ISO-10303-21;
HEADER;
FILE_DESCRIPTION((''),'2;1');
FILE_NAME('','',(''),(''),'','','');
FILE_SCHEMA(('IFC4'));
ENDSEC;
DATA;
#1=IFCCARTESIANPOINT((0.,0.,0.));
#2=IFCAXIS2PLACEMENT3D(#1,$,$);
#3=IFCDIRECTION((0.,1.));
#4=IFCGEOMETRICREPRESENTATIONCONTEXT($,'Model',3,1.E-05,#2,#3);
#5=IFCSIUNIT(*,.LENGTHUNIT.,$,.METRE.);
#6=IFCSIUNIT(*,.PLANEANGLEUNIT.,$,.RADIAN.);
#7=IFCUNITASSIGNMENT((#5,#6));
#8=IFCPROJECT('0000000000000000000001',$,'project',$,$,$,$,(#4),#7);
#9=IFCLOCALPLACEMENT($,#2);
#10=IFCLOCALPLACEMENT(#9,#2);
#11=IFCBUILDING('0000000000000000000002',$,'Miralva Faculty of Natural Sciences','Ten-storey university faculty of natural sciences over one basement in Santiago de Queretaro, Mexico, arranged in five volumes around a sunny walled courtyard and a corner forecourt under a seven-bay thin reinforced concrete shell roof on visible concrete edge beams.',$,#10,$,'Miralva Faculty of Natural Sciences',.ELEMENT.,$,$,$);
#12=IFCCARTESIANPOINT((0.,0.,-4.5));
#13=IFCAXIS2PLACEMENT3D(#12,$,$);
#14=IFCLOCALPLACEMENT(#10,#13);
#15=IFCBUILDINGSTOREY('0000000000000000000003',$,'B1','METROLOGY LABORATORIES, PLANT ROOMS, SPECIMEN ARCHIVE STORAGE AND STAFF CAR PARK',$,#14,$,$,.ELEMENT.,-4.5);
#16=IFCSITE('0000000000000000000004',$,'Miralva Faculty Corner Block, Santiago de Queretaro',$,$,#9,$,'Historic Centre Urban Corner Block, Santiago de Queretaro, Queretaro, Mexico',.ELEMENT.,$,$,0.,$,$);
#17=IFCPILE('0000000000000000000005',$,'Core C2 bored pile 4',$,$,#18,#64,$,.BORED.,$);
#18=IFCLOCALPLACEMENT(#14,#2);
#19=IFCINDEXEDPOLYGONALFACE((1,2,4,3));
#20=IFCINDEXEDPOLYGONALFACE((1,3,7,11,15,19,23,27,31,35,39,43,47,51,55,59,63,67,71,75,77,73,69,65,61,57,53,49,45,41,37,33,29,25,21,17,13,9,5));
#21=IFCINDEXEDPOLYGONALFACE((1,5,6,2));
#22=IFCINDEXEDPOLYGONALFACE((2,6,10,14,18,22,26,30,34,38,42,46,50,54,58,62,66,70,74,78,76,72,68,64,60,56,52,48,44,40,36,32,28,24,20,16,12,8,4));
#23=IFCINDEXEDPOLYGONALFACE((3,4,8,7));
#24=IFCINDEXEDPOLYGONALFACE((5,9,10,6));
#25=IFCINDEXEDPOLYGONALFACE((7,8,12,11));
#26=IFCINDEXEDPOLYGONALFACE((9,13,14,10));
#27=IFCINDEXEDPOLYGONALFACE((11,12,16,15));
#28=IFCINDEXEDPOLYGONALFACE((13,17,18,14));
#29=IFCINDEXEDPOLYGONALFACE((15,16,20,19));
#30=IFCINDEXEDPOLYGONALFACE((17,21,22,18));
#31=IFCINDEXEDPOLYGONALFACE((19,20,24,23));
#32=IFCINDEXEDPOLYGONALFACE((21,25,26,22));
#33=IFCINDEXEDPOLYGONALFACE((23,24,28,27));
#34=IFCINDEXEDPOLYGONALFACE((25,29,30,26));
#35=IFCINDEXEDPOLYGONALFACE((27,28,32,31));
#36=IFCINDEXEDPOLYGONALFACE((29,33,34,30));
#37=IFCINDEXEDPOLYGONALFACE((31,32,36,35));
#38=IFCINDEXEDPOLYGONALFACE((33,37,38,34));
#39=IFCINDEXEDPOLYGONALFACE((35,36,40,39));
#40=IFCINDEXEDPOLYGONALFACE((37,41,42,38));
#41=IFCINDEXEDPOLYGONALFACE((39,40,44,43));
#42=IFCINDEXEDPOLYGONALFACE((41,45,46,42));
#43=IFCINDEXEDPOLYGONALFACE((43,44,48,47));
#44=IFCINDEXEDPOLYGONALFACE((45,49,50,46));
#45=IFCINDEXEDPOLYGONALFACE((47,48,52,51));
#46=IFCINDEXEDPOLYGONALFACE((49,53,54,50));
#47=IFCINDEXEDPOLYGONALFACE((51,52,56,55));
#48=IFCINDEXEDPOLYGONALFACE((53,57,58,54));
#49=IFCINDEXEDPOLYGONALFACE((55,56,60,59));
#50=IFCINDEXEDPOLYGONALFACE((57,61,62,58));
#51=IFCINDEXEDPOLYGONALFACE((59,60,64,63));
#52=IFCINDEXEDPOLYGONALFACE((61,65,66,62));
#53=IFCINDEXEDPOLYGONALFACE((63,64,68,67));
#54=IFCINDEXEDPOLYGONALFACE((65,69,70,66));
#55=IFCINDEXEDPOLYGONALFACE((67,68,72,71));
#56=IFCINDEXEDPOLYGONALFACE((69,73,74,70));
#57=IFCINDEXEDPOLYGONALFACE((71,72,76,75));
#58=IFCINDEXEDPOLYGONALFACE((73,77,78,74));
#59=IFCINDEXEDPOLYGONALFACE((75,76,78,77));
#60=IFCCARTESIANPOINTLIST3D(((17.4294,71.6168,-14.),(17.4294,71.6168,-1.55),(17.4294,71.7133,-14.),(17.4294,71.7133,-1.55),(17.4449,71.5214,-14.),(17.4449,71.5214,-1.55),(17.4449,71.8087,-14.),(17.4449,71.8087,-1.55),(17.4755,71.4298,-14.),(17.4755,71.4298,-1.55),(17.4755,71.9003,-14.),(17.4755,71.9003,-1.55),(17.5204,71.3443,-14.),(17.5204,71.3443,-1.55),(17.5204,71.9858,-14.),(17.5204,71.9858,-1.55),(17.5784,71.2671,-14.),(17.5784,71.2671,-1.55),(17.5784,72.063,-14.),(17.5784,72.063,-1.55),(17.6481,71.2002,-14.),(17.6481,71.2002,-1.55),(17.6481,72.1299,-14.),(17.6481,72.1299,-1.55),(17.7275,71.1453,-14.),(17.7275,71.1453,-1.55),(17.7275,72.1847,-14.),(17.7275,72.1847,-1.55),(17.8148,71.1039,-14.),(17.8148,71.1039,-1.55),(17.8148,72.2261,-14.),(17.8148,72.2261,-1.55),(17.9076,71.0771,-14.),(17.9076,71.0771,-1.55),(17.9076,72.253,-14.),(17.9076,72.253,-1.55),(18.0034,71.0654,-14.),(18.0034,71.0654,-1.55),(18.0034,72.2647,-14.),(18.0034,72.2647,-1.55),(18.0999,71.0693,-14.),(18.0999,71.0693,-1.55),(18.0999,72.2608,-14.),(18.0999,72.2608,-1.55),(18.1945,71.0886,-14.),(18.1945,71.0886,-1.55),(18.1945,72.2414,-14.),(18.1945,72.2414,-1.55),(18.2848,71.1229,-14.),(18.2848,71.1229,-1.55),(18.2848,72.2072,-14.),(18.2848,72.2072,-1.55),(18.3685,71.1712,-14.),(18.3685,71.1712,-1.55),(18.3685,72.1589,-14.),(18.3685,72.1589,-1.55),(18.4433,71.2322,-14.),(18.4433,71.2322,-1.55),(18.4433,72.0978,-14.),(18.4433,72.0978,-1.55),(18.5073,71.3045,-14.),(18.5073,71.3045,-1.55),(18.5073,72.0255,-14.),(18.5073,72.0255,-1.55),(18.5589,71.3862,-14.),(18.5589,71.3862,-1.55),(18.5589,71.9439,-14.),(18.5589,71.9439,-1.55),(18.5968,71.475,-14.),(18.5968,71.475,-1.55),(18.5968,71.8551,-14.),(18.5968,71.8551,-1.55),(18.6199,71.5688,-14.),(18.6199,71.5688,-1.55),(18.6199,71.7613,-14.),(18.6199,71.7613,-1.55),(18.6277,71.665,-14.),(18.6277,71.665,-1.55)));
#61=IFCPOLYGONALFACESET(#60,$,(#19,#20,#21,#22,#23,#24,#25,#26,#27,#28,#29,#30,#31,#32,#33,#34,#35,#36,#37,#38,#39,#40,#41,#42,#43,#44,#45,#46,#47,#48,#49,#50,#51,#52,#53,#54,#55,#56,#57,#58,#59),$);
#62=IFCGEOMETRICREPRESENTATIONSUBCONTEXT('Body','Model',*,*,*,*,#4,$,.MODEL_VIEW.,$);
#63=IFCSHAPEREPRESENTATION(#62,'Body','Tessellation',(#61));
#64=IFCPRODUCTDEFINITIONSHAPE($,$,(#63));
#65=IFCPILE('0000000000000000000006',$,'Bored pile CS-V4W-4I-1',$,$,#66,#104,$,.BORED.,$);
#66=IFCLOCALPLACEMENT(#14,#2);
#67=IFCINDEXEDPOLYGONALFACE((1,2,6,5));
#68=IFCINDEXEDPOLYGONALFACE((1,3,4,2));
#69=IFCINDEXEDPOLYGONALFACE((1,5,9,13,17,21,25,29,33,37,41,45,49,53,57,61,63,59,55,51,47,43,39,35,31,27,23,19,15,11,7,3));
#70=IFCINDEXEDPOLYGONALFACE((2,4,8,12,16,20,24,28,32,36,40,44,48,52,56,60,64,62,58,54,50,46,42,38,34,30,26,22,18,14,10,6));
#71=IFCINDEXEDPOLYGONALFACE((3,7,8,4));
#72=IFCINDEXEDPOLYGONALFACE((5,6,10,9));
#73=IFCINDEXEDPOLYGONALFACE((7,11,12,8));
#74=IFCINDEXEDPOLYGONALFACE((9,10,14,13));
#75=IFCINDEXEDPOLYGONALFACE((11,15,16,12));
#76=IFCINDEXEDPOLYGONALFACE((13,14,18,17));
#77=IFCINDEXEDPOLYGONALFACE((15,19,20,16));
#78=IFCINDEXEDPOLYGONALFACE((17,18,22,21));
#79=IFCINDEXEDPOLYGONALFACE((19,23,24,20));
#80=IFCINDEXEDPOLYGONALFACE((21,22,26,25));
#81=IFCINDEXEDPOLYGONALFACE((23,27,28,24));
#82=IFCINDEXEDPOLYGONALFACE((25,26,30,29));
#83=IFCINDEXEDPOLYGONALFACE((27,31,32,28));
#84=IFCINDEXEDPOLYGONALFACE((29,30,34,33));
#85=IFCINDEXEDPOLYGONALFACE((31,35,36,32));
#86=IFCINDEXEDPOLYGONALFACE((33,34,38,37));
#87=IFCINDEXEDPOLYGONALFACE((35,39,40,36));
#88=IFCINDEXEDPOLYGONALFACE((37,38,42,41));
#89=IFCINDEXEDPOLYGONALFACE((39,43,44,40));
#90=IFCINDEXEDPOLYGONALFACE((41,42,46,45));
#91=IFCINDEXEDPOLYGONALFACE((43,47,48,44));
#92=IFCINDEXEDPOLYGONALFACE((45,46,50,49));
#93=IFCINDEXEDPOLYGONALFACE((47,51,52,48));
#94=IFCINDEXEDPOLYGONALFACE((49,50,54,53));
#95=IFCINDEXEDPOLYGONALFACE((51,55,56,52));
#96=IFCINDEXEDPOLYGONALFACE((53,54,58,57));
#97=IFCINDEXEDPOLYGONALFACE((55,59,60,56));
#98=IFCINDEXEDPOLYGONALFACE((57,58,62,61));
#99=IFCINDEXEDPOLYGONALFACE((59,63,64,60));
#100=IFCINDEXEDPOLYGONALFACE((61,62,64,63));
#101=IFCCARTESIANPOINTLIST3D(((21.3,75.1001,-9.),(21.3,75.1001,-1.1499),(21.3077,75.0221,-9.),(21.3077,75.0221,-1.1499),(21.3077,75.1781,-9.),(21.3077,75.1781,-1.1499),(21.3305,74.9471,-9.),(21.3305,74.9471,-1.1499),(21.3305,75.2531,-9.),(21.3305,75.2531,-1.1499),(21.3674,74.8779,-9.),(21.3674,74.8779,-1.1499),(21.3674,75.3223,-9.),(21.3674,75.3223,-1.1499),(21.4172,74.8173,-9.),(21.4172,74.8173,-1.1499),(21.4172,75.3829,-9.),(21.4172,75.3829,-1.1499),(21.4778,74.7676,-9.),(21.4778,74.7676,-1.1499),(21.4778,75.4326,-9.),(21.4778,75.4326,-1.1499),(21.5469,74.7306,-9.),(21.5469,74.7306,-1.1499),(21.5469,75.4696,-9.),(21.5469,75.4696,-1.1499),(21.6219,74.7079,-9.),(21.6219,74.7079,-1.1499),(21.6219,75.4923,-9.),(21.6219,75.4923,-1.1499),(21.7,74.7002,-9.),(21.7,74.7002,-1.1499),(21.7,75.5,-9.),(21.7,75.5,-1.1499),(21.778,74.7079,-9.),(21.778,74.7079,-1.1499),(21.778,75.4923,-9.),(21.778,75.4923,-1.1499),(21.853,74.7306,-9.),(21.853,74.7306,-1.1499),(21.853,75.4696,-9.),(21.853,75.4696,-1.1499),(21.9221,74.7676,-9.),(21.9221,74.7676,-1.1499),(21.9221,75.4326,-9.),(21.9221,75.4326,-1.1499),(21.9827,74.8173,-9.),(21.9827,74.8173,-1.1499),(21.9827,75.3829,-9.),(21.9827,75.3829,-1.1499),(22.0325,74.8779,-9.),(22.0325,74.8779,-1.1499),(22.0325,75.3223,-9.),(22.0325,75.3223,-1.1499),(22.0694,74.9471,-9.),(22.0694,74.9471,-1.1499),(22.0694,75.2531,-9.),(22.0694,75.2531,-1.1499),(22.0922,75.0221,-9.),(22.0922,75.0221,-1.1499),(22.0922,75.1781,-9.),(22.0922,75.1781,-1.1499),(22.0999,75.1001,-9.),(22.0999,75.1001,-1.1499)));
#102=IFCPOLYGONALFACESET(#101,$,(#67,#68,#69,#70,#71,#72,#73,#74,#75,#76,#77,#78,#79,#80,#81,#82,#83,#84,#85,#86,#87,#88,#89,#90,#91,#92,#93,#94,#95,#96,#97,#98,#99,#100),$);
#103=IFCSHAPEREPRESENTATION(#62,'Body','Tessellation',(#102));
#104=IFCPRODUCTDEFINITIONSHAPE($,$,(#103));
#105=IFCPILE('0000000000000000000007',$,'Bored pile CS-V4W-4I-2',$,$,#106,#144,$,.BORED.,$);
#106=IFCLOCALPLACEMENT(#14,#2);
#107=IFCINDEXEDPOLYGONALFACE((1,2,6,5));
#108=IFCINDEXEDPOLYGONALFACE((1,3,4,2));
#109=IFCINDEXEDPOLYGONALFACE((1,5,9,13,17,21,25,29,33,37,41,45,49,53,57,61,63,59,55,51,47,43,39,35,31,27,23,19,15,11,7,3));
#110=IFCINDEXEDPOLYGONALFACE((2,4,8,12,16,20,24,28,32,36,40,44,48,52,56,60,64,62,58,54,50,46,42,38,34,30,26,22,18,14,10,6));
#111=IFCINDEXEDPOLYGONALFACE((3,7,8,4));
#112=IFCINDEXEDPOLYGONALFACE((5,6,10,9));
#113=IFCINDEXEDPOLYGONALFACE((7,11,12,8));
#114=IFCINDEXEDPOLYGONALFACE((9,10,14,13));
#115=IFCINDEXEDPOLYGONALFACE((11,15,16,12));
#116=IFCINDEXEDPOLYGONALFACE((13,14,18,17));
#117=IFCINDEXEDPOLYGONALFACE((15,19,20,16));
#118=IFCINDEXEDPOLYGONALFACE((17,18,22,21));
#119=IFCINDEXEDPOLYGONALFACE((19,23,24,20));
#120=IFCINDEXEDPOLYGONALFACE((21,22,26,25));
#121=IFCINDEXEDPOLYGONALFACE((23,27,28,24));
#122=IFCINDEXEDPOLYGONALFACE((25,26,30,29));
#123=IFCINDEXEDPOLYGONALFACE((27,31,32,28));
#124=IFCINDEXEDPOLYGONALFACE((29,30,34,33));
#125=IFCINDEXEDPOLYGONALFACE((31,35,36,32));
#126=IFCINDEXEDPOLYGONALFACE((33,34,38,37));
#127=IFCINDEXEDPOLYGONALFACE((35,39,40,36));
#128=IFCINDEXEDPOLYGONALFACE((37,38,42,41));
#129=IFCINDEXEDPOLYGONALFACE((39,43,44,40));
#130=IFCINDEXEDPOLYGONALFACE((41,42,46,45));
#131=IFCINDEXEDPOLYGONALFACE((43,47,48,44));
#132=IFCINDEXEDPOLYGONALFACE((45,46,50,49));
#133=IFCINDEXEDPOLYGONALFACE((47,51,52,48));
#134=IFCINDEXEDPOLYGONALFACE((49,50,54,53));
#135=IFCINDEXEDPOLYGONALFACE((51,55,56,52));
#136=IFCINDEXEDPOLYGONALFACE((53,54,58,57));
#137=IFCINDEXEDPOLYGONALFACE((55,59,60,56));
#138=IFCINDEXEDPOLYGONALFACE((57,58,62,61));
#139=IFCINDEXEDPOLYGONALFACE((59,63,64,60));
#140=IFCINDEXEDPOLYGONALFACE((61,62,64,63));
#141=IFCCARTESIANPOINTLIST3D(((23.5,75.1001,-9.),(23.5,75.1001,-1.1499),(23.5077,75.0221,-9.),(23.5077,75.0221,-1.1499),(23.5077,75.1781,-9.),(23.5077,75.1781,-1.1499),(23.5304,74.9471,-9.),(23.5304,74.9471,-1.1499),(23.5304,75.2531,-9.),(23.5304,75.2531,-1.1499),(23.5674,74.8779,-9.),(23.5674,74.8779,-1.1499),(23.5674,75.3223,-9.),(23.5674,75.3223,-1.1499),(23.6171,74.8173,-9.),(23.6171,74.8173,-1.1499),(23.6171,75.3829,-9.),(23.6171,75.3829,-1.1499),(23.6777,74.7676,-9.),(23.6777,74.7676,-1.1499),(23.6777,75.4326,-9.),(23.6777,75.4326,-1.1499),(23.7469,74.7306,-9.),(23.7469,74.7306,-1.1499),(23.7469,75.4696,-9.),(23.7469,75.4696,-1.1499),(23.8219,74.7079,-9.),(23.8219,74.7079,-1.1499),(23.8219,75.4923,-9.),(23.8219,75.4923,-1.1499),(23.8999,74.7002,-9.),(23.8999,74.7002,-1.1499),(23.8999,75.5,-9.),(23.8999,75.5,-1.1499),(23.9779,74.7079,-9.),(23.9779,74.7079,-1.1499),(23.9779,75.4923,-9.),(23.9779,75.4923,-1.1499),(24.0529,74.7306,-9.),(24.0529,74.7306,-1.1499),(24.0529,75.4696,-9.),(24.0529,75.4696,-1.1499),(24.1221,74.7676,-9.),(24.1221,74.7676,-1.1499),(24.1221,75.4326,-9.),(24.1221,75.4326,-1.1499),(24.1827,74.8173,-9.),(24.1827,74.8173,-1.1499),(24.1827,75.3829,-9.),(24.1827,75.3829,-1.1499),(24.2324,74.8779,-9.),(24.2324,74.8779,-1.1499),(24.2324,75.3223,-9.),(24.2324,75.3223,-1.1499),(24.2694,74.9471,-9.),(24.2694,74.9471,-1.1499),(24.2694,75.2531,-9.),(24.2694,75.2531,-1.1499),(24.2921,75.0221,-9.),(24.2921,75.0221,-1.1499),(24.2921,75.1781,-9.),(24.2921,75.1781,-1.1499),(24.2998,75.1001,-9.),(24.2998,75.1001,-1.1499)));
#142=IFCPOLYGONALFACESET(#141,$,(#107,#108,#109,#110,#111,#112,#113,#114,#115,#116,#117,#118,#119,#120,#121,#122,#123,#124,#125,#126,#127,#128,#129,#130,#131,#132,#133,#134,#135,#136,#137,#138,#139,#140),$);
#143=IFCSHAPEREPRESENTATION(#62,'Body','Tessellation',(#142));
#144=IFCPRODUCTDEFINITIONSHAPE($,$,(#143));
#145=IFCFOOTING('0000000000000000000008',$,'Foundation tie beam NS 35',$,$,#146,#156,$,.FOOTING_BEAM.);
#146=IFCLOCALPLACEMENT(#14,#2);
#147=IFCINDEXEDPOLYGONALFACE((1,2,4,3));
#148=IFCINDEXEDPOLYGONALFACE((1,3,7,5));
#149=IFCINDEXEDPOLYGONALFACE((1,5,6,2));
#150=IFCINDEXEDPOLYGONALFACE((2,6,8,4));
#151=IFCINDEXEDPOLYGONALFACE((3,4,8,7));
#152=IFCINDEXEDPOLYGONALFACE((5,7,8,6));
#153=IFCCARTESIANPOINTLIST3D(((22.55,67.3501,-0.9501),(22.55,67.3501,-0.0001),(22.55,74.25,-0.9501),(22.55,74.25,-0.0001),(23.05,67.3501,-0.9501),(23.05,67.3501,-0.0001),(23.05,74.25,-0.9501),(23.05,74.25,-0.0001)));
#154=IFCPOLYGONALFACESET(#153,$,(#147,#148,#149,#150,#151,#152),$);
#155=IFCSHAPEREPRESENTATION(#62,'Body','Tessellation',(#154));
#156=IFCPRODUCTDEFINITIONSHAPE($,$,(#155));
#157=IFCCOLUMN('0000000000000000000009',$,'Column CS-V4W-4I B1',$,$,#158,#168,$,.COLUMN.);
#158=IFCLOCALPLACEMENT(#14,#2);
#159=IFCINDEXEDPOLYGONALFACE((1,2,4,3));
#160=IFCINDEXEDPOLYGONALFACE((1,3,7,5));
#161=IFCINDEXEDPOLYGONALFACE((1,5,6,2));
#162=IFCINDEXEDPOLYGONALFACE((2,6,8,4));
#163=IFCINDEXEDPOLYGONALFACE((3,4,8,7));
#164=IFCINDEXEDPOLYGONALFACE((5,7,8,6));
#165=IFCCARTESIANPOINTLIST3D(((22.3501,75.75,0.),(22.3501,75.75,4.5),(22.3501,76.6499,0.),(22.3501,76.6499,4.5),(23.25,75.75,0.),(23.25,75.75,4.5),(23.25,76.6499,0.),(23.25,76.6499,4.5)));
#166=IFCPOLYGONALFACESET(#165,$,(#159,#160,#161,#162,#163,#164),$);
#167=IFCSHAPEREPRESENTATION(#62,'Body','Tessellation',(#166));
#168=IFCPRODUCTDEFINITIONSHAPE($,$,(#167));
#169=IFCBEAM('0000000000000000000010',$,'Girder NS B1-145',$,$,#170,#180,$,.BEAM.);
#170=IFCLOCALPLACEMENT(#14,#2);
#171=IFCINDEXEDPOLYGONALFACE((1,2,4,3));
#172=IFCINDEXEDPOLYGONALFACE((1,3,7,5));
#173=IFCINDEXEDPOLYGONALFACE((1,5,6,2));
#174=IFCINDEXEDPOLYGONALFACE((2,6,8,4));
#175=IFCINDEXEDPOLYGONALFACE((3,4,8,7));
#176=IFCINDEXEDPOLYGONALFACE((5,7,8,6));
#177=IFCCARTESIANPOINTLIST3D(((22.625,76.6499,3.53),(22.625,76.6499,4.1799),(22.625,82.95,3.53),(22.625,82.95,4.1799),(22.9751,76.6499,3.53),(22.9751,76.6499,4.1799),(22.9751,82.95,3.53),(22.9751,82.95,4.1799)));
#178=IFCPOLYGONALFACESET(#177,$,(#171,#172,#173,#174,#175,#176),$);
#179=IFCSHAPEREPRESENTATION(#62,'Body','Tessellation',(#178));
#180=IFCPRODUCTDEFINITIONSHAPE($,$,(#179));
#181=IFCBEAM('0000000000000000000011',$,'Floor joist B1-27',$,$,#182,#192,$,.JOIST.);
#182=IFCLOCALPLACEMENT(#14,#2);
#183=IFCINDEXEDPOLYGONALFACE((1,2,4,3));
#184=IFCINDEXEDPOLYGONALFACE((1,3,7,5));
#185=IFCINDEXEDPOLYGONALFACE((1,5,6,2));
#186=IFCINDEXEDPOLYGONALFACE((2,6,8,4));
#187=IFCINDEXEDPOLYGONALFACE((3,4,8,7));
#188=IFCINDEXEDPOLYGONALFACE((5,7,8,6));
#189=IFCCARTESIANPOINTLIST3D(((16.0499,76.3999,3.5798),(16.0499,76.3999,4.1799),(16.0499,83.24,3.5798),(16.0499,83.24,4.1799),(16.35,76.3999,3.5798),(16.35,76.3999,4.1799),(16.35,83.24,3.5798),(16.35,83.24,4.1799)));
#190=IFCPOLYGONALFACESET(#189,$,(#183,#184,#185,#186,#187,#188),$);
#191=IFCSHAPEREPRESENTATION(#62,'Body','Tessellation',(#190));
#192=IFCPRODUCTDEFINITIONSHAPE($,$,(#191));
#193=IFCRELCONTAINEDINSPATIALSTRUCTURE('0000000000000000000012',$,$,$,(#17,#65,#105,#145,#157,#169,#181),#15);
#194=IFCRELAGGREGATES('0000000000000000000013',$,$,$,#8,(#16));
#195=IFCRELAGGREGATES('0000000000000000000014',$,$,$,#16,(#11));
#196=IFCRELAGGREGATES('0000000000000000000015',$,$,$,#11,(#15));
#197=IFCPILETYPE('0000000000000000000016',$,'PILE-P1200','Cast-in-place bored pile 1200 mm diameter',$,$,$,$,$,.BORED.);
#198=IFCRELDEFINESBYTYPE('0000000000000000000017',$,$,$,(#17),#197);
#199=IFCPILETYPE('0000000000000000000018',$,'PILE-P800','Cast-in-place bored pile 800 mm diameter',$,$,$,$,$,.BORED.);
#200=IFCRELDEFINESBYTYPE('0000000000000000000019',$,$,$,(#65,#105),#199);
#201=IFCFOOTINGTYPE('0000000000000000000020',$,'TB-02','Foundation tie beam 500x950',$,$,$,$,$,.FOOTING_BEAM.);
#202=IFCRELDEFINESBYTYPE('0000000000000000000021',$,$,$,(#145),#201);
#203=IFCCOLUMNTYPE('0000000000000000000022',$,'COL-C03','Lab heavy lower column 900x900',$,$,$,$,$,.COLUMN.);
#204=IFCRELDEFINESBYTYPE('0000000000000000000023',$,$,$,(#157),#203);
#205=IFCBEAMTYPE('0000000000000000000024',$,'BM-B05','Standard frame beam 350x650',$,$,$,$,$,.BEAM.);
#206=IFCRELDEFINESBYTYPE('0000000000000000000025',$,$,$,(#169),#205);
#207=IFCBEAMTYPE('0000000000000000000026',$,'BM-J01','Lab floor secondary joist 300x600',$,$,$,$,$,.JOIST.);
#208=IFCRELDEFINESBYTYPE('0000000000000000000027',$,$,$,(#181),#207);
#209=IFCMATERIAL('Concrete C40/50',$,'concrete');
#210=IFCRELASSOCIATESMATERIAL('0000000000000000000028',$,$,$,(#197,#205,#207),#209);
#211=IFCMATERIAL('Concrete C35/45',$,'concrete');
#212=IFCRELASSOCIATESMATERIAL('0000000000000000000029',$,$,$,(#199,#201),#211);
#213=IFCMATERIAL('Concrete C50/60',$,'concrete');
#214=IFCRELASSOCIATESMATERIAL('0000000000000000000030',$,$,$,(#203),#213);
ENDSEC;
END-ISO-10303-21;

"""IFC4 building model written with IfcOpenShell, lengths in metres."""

from ifc_helpers import new_model, si_unit, direction, frame, origin, origin_2d, place, context, subcontext, project, spatial, rectangle, circle, extrude, material, material_profile, profile_set, type_object, element, save


model = new_model("IFC4")

# Units and contexts
model_context = context("Model", 3, precision=1e-05, world=origin(), true_north=direction((0.0, 1.0)))
body_context = subcontext(model_context, "Body", "Model", "MODEL_VIEW")
ifc_project = project(units=[si_unit("LENGTHUNIT", "METRE"), si_unit("PLANEANGLEUNIT", "RADIAN")], contexts=[model_context])

# Site, building, storey
site_placement = place(None, origin())
site = spatial("IfcSite", under=ifc_project, at=site_placement, Name="Miralva Faculty Corner Block, Santiago de Queretaro", LongName="Historic Centre Urban Corner Block, Santiago de Queretaro, Queretaro, Mexico", CompositionType="ELEMENT", RefElevation=0.0)
building_placement = place(site_placement, origin())
building = spatial("IfcBuilding", under=site, at=building_placement, Name="Miralva Faculty of Natural Sciences", Description="Ten-storey university faculty of natural sciences over one basement in Santiago de Queretaro, Mexico, arranged in five volumes around a sunny walled courtyard and a corner forecourt under a seven-bay thin reinforced concrete shell roof on visible concrete edge beams.", LongName="Miralva Faculty of Natural Sciences", CompositionType="ELEMENT")
storey_placement = place(building_placement, frame((0.0, 0.0, -4.5)))
storey = spatial("IfcBuildingStorey", under=building, at=storey_placement, Name="B1", Description="METROLOGY LABORATORIES, PLANT ROOMS, SPECIMEN ARCHIVE STORAGE AND STAFF CAR PARK", CompositionType="ELEMENT", Elevation=-4.5)

# Shared definitions
ifc_material_1 = material(Name="Concrete C35/45", Category="concrete")
ifc_material_2 = material(Name="Concrete C40/50", Category="concrete")

# Piles
ifc_material_profile_1 = material_profile(ifc_material_2, circle(Radius=0.6001, at=origin_2d()), Name="BORED PILE 1200")
ifc_profile_set_1 = profile_set([ifc_material_profile_1], Name="Concrete C40/50")
pile_type_1 = type_object("IfcPileType", Name="PILE-P1200", Description="Cast-in-place bored pile 1200 mm diameter", PredefinedType="BORED", material=ifc_profile_set_1)
for number, where, z_axis, x_axis, name in (
    (1, (18.0276, 71.665, -1.55), (0.0, 0.0, -1.0), (1.0, 0.0, 0.0), "Core C2 bored pile 4"),
):
    element("IfcPile", number, at=place(storey_placement, frame(where, z_axis=z_axis, x_axis=x_axis)), inside=storey, type_object=pile_type_1, Name=name, PredefinedType="BORED", context=body_context, shape_type="SweptSolid", body=[
        extrude(circle(Radius=0.6001, at=origin_2d()), origin(), (0.0, 0.0, 1.0), 12.45),
    ])
ifc_material_profile_2 = material_profile(ifc_material_1, circle(Radius=0.3999, at=origin_2d()), Name="BORED PILE 800")
ifc_profile_set_2 = profile_set([ifc_material_profile_2], Name="Concrete C35/45")
pile_type_2 = type_object("IfcPileType", Name="PILE-P800", Description="Cast-in-place bored pile 800 mm diameter", PredefinedType="BORED", material=ifc_profile_set_2)
for number, where, z_axis, x_axis, name in (
    (2, (21.7, 75.1001, -1.1499), (0.0, 0.0, -1.0), (1.0, 0.0, 0.0), "Bored pile CS-V4W-4I-1"),
    (3, (23.8999, 75.1001, -1.1499), (0.0, 0.0, -1.0), (1.0, 0.0, 0.0), "Bored pile CS-V4W-4I-2"),
):
    element("IfcPile", number, at=place(storey_placement, frame(where, z_axis=z_axis, x_axis=x_axis)), inside=storey, type_object=pile_type_2, Name=name, PredefinedType="BORED", context=body_context, shape_type="SweptSolid", body=[
        extrude(circle(Radius=0.3999, at=origin_2d()), origin(), (0.0, 0.0, 1.0), 7.8501),
    ])

# Footing
ifc_material_profile_3 = material_profile(ifc_material_1, rectangle(XDim=0.5, YDim=0.95, at=origin_2d()), Name="RC 500x950")
ifc_profile_set_3 = profile_set([ifc_material_profile_3], Name="Concrete C35/45")
footing_type_1 = type_object("IfcFootingType", Name="TB-02", Description="Foundation tie beam 500x950", PredefinedType="FOOTING_BEAM", material=ifc_profile_set_3)
footing_1_placement = place(storey_placement, frame((22.8, 67.3501, -0.4751), z_axis=(0.0, 1.0, 0.0), x_axis=(-1.0, 0.0, 0.0)))
element("IfcFooting", 4, at=footing_1_placement, inside=storey, type_object=footing_type_1, Name="Foundation tie beam NS 35", PredefinedType="FOOTING_BEAM", context=body_context, shape_type="SweptSolid", body=[
    extrude(rectangle(XDim=0.5, YDim=0.95, at=origin_2d()), origin(), (0.0, 0.0, 1.0), 6.8999),
])

# Column
ifc_material_3 = material(Name="Concrete C50/60", Category="concrete")
ifc_material_profile_4 = material_profile(ifc_material_3, rectangle(XDim=0.8999, YDim=0.8999, at=origin_2d()), Name="RC 900x900")
ifc_profile_set_4 = profile_set([ifc_material_profile_4], Name="Concrete C50/60")
column_type = type_object("IfcColumnType", Name="COL-C03", Description="Lab heavy lower column 900x900", PredefinedType="COLUMN", material=ifc_profile_set_4)
column_placement = place(storey_placement, frame((22.8, 76.2, 0.0), z_axis=(0.0, 0.0, 1.0), x_axis=(1.0, 0.0, 0.0)))
element("IfcColumn", 5, at=column_placement, inside=storey, type_object=column_type, Name="Column CS-V4W-4I B1", PredefinedType="COLUMN", context=body_context, shape_type="SweptSolid", body=[
    extrude(rectangle(XDim=0.8999, YDim=0.8999, at=origin_2d()), origin(), (0.0, 0.0, 1.0), 4.5),
])

# Beams
ifc_material_profile_5 = material_profile(ifc_material_2, rectangle(XDim=0.3501, YDim=0.6499, at=origin_2d()), Name="RC 350x650")
ifc_profile_set_5 = profile_set([ifc_material_profile_5], Name="Concrete C40/50")
beam_type_1 = type_object("IfcBeamType", Name="BM-B05", Description="Standard frame beam 350x650", PredefinedType="BEAM", material=ifc_profile_set_5)
beam_1_placement = place(storey_placement, frame((22.8, 76.6499, 3.855), z_axis=(0.0, 1.0, 0.0), x_axis=(-1.0, 0.0, 0.0)))
element("IfcBeam", 6, at=beam_1_placement, inside=storey, type_object=beam_type_1, Name="Girder NS B1-145", PredefinedType="BEAM", context=body_context, shape_type="SweptSolid", body=[
    extrude(rectangle(XDim=0.3501, YDim=0.6499, at=origin_2d()), origin(), (0.0, 0.0, 1.0), 6.3),
])
ifc_material_profile_6 = material_profile(ifc_material_2, rectangle(XDim=0.3, YDim=0.6001, at=origin_2d()), Name="RC 300x600")
ifc_profile_set_6 = profile_set([ifc_material_profile_6], Name="Concrete C40/50")
beam_type_2 = type_object("IfcBeamType", Name="BM-J01", Description="Lab floor secondary joist 300x600", PredefinedType="JOIST", material=ifc_profile_set_6)
beam_2_placement = place(storey_placement, frame((16.2, 76.3999, 3.8799), z_axis=(0.0, 1.0, 0.0), x_axis=(-1.0, 0.0, 0.0)))
element("IfcBeam", 7, at=beam_2_placement, inside=storey, type_object=beam_type_2, Name="Floor joist B1-27", PredefinedType="JOIST", context=body_context, shape_type="SweptSolid", body=[
    extrude(rectangle(XDim=0.3, YDim=0.6001, at=origin_2d()), origin(), (0.0, 0.0, 1.0), 6.8401),
])

save(model, "model.ifc")
